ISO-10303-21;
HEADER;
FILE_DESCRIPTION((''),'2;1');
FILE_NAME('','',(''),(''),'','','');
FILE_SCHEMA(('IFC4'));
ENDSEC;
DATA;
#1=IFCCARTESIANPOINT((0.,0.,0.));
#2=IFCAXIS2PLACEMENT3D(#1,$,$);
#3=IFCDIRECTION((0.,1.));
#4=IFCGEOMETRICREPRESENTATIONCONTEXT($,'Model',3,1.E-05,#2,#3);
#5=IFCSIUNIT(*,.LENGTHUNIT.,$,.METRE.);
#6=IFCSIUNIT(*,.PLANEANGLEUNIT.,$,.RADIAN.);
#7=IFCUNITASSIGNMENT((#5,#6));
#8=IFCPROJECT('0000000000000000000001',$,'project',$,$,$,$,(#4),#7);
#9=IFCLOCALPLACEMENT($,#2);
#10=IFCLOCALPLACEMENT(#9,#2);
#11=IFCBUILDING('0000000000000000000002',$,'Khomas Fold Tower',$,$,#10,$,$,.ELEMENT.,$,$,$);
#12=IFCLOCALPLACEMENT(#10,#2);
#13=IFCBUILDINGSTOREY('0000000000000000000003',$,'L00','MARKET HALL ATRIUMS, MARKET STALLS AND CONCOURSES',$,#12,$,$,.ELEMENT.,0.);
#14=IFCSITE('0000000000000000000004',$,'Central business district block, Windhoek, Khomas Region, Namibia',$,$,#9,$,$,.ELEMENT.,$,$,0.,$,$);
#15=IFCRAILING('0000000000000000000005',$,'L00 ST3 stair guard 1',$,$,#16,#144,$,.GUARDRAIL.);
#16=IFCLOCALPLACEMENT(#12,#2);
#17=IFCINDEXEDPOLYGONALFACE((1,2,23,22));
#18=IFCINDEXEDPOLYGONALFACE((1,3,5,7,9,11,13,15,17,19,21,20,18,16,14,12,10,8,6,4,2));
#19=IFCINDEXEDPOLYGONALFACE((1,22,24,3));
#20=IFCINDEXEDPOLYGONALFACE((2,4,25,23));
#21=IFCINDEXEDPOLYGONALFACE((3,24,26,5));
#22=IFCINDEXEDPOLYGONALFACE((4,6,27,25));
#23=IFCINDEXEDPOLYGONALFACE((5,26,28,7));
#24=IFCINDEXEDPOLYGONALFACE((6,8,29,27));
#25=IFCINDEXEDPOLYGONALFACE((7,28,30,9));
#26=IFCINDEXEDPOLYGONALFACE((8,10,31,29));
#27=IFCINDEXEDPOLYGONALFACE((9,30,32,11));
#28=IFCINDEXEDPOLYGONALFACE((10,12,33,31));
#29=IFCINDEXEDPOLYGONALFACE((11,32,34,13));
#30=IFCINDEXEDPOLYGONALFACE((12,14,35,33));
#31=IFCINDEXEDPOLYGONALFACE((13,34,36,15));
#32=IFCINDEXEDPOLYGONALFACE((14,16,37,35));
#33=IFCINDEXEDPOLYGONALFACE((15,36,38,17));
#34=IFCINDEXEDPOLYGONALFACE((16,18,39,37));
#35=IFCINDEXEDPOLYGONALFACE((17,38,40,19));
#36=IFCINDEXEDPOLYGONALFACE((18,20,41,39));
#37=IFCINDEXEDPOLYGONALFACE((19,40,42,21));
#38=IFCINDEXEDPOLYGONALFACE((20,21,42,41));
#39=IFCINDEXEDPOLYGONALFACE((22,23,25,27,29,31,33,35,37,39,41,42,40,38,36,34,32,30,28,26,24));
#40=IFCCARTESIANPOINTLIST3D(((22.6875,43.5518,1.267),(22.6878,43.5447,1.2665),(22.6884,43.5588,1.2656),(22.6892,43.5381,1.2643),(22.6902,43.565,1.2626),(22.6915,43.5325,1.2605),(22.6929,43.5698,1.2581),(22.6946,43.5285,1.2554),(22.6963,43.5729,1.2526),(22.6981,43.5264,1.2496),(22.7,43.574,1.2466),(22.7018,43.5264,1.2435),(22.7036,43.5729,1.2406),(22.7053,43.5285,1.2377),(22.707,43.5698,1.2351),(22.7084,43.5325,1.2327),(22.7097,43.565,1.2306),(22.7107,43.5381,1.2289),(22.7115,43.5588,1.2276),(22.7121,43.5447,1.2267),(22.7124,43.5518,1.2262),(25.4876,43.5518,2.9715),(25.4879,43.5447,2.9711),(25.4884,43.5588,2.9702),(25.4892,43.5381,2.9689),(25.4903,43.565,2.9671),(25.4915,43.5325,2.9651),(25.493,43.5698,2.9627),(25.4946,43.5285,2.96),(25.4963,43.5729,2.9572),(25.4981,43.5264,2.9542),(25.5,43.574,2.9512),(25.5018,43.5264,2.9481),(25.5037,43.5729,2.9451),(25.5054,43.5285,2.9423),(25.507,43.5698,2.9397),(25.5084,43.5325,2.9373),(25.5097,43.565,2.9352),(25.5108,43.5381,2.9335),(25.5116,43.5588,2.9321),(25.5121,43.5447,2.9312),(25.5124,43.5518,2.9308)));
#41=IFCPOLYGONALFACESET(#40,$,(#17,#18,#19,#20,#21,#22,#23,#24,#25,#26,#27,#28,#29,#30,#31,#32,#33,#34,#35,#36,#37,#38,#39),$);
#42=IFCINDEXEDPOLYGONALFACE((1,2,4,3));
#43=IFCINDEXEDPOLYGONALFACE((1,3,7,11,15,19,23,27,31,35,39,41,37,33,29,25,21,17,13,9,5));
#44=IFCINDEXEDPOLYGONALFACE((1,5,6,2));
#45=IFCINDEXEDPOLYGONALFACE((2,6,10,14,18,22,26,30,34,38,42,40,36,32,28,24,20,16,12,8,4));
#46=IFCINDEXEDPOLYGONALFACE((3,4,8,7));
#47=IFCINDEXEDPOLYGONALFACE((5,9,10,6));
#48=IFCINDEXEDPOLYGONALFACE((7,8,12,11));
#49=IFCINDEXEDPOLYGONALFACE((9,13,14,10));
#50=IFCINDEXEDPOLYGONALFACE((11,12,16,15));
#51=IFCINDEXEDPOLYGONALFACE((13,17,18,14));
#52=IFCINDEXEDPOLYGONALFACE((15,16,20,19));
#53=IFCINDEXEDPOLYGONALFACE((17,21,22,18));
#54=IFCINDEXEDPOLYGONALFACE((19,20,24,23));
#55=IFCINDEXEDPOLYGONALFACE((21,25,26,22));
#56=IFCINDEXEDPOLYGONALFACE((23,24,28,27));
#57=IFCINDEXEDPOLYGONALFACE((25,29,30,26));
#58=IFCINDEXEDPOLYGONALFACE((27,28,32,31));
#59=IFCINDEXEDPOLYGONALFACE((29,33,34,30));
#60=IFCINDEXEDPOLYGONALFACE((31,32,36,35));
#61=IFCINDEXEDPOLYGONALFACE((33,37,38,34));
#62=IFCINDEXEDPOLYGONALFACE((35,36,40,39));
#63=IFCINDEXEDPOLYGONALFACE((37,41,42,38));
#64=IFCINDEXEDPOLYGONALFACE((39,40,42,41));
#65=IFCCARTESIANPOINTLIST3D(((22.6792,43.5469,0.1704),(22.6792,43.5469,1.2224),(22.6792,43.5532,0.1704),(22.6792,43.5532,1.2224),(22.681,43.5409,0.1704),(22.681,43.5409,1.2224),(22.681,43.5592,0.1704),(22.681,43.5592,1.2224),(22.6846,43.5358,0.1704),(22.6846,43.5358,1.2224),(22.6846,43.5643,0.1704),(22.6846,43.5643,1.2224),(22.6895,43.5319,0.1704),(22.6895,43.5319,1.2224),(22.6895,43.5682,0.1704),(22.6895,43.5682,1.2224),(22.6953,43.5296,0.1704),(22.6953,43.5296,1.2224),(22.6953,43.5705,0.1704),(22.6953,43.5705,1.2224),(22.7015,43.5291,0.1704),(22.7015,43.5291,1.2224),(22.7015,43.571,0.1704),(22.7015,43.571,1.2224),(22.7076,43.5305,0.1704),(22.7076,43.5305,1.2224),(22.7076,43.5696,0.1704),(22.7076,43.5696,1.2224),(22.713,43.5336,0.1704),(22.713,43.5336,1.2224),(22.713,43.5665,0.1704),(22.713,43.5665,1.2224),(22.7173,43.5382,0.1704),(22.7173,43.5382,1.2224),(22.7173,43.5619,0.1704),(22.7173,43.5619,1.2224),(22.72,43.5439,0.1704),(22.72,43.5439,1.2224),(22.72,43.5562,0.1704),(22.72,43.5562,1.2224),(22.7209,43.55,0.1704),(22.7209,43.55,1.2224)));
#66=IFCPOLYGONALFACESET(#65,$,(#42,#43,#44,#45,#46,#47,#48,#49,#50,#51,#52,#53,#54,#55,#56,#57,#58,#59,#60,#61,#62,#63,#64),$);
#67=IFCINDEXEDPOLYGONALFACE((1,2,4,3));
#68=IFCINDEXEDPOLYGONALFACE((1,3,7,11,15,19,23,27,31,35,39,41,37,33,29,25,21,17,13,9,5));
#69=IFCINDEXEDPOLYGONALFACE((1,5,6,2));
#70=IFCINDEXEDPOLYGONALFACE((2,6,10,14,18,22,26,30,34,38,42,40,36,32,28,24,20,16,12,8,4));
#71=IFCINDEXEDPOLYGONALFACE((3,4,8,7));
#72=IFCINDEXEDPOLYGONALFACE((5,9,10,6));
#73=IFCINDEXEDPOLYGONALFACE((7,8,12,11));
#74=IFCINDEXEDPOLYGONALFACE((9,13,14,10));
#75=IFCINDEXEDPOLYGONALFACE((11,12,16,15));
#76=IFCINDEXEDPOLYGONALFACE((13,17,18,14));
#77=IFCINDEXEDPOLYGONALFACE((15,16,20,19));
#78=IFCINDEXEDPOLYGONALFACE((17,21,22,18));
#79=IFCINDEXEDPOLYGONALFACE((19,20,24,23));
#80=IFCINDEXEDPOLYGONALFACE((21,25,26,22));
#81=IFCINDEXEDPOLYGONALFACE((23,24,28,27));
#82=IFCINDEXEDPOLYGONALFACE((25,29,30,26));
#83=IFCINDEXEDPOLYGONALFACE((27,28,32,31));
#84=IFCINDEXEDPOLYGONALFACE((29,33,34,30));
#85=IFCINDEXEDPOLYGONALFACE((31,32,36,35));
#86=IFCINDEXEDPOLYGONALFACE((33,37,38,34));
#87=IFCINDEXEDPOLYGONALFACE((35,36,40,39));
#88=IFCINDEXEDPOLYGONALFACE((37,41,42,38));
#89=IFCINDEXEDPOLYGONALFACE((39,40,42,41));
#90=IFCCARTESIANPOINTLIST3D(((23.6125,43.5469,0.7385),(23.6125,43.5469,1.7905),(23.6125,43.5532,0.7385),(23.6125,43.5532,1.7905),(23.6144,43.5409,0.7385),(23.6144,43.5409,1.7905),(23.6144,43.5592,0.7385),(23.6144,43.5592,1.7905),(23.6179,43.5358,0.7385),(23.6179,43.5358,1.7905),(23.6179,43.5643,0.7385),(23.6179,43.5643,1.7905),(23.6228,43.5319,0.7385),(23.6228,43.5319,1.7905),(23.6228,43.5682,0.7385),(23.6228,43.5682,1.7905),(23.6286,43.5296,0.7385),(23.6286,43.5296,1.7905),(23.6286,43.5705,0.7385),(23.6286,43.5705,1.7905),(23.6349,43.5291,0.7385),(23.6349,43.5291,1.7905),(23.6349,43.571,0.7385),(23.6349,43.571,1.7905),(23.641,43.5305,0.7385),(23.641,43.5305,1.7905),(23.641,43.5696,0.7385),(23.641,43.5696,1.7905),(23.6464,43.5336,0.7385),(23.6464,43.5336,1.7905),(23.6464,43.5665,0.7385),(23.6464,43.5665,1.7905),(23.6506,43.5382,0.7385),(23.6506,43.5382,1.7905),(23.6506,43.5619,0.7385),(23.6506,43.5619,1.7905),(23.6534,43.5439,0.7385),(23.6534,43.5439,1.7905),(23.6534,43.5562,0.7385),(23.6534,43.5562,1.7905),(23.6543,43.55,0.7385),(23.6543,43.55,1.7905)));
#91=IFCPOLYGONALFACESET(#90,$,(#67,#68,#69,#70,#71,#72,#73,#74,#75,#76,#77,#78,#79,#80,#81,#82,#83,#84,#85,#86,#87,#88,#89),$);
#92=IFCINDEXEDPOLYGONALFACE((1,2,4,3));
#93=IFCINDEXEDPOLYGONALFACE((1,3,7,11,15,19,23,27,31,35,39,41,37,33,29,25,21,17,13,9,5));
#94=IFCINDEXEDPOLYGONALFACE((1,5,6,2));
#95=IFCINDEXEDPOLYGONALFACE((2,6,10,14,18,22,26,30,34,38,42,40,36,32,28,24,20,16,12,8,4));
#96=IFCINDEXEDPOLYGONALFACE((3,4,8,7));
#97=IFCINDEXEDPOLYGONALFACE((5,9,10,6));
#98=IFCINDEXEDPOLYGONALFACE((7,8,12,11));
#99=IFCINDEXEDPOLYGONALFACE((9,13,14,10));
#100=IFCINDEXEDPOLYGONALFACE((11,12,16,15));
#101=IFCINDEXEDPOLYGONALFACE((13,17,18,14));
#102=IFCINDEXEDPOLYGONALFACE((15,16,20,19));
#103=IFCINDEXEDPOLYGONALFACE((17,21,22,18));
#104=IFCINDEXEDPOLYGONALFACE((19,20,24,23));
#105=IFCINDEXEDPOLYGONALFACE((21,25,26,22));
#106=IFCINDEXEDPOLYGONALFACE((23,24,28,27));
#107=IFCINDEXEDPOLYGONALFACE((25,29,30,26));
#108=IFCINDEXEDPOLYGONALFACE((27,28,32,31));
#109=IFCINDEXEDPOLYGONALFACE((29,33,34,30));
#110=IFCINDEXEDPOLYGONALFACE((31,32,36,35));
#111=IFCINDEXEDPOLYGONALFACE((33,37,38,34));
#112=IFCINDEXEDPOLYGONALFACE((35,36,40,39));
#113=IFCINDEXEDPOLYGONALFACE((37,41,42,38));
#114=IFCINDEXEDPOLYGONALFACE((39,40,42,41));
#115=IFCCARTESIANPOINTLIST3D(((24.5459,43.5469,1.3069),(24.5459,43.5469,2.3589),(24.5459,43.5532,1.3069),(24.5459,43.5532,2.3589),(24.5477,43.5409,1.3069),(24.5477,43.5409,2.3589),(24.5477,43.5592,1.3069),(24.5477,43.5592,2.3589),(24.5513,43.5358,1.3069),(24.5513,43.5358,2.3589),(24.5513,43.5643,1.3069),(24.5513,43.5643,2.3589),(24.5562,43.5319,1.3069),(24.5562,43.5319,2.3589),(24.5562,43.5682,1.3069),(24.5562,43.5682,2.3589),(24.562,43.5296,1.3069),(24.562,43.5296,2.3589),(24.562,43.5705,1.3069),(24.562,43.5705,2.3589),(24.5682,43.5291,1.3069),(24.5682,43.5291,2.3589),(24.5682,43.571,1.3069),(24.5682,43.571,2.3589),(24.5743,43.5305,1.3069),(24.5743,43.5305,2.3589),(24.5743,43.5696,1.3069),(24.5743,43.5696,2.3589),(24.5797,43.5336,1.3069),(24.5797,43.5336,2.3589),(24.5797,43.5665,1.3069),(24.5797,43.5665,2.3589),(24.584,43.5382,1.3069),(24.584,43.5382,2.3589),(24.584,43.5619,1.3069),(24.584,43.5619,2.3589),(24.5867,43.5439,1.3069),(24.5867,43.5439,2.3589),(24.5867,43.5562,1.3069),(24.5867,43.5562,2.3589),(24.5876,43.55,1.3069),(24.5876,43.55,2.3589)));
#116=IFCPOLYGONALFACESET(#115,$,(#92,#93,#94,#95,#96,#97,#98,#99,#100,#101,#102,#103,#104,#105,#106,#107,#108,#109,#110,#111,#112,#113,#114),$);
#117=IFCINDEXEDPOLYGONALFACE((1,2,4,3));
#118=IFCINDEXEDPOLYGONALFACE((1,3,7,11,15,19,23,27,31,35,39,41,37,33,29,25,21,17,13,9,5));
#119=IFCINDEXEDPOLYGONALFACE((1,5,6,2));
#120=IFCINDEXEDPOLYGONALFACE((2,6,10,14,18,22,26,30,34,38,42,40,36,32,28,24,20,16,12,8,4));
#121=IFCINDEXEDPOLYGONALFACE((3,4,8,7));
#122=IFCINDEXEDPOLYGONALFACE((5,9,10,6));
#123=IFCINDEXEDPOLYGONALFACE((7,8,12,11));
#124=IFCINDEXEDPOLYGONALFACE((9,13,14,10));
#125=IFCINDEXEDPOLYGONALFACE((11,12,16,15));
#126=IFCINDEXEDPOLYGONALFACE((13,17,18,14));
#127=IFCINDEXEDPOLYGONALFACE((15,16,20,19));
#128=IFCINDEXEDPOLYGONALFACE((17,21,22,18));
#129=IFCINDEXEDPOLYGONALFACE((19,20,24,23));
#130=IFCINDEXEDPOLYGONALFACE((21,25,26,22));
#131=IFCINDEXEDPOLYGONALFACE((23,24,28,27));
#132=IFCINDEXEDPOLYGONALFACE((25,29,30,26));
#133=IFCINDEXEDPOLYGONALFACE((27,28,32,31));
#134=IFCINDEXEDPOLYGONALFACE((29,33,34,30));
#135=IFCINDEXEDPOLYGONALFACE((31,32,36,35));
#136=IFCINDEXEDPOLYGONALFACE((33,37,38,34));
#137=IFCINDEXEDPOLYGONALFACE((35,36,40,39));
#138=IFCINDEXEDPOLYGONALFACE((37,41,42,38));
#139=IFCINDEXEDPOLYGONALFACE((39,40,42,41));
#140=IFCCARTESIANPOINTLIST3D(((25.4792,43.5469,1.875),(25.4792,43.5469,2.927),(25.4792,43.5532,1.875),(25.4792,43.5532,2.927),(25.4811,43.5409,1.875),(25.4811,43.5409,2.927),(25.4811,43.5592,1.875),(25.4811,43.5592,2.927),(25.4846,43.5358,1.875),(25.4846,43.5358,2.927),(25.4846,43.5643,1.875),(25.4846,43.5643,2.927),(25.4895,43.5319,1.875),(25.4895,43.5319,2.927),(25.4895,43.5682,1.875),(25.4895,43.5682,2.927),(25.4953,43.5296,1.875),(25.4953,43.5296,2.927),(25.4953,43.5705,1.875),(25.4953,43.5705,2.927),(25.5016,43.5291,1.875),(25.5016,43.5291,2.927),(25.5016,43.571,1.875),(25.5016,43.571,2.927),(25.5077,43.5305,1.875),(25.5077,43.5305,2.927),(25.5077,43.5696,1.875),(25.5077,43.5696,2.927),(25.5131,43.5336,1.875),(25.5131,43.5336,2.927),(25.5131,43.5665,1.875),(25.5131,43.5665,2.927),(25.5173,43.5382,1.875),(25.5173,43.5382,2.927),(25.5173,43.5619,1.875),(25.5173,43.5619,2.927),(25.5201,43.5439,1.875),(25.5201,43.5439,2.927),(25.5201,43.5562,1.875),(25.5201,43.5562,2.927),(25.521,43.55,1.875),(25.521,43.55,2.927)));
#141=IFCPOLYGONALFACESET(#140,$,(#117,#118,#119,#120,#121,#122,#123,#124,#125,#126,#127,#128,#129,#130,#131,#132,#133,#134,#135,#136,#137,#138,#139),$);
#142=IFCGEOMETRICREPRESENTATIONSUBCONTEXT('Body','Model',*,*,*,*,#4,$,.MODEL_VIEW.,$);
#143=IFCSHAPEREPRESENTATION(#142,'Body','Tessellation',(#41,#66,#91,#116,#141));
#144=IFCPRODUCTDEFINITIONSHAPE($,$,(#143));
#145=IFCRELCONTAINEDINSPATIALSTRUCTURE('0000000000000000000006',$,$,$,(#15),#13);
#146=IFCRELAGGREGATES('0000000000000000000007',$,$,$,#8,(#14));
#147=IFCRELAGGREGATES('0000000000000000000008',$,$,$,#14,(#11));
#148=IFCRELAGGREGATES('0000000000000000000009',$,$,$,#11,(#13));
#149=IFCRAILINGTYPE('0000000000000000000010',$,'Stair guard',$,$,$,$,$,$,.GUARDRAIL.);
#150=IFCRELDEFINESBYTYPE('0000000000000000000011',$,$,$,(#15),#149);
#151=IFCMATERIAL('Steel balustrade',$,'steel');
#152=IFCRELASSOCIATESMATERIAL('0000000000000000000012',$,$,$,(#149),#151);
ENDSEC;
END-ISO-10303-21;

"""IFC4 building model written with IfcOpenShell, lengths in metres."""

from ifc_helpers import new_model, si_unit, direction, frame, origin, origin_2d, place, context, subcontext, project, spatial, circle, extrude, source, transform, mapped, material, type_object, element, save


model = new_model("IFC4")

# Units and contexts
model_context = context("Model", 3, precision=1e-05, world=origin(), true_north=direction((0.0, 1.0)))
body_context = subcontext(model_context, "Body", "Model", "MODEL_VIEW")
ifc_project = project(units=[si_unit("LENGTHUNIT", "METRE"), si_unit("PLANEANGLEUNIT", "RADIAN")], contexts=[model_context])

# Site, building, storey
site_placement = place(None, origin())
site = spatial("IfcSite", under=ifc_project, at=site_placement, Name="Central business district block, Windhoek, Khomas Region, Namibia", CompositionType="ELEMENT", RefElevation=0.0)
building_placement = place(site_placement, origin())
building = spatial("IfcBuilding", under=site, at=building_placement, Name="Khomas Fold Tower", CompositionType="ELEMENT")
storey_placement = place(building_placement, origin())
storey = spatial("IfcBuildingStorey", under=building, at=storey_placement, Name="L00", Description="MARKET HALL ATRIUMS, MARKET STALLS AND CONCOURSES", CompositionType="ELEMENT", Elevation=0.0)

# Railing
ifc_material_1 = material(Name="Steel balustrade", Category="steel")
railing_type_1 = type_object("IfcRailingType", Name="Stair guard", PredefinedType="GUARDRAIL", material=ifc_material_1)
shared_shape_1 = source(origin(), body_context, "Body", "SweptSolid", [
    extrude(circle(Radius=0.0239, at=origin_2d()), frame((0.0, 0.0, 1.0762), z_axis=(0.85417, 0.0, 0.519994), x_axis=(0.0, 1.0, 0.0)), (0.0, 0.0, 1.0), 3.2781),
    extrude(circle(Radius=0.021, at=origin_2d()), origin(), (0.0, 0.0, 1.0), 1.052),
    extrude(circle(Radius=0.021, at=origin_2d()), frame((0.9333, 0.0, 0.5681)), (0.0, 0.0, 1.0), 1.052),
    extrude(circle(Radius=0.021, at=origin_2d()), frame((1.8667, 0.0, 1.1365)), (0.0, 0.0, 1.0), 1.052),
    extrude(circle(Radius=0.021, at=origin_2d()), frame((2.8, 0.0, 1.7046)), (0.0, 0.0, 1.0), 1.052),
])
for number, where, name in (
    (1, (22.7, 43.55, 0.1704), "L00 ST3 stair guard 1"),
):
    element("IfcRailing", number, at=place(storey_placement, frame(where)), inside=storey, type_object=railing_type_1, Name=name, PredefinedType="GUARDRAIL", context=body_context, shape_type="MappedRepresentation", body=[
        mapped(shared_shape_1, transform((0.0, 0.0, 0.0))),
    ])

save(model, "model.ifc")
